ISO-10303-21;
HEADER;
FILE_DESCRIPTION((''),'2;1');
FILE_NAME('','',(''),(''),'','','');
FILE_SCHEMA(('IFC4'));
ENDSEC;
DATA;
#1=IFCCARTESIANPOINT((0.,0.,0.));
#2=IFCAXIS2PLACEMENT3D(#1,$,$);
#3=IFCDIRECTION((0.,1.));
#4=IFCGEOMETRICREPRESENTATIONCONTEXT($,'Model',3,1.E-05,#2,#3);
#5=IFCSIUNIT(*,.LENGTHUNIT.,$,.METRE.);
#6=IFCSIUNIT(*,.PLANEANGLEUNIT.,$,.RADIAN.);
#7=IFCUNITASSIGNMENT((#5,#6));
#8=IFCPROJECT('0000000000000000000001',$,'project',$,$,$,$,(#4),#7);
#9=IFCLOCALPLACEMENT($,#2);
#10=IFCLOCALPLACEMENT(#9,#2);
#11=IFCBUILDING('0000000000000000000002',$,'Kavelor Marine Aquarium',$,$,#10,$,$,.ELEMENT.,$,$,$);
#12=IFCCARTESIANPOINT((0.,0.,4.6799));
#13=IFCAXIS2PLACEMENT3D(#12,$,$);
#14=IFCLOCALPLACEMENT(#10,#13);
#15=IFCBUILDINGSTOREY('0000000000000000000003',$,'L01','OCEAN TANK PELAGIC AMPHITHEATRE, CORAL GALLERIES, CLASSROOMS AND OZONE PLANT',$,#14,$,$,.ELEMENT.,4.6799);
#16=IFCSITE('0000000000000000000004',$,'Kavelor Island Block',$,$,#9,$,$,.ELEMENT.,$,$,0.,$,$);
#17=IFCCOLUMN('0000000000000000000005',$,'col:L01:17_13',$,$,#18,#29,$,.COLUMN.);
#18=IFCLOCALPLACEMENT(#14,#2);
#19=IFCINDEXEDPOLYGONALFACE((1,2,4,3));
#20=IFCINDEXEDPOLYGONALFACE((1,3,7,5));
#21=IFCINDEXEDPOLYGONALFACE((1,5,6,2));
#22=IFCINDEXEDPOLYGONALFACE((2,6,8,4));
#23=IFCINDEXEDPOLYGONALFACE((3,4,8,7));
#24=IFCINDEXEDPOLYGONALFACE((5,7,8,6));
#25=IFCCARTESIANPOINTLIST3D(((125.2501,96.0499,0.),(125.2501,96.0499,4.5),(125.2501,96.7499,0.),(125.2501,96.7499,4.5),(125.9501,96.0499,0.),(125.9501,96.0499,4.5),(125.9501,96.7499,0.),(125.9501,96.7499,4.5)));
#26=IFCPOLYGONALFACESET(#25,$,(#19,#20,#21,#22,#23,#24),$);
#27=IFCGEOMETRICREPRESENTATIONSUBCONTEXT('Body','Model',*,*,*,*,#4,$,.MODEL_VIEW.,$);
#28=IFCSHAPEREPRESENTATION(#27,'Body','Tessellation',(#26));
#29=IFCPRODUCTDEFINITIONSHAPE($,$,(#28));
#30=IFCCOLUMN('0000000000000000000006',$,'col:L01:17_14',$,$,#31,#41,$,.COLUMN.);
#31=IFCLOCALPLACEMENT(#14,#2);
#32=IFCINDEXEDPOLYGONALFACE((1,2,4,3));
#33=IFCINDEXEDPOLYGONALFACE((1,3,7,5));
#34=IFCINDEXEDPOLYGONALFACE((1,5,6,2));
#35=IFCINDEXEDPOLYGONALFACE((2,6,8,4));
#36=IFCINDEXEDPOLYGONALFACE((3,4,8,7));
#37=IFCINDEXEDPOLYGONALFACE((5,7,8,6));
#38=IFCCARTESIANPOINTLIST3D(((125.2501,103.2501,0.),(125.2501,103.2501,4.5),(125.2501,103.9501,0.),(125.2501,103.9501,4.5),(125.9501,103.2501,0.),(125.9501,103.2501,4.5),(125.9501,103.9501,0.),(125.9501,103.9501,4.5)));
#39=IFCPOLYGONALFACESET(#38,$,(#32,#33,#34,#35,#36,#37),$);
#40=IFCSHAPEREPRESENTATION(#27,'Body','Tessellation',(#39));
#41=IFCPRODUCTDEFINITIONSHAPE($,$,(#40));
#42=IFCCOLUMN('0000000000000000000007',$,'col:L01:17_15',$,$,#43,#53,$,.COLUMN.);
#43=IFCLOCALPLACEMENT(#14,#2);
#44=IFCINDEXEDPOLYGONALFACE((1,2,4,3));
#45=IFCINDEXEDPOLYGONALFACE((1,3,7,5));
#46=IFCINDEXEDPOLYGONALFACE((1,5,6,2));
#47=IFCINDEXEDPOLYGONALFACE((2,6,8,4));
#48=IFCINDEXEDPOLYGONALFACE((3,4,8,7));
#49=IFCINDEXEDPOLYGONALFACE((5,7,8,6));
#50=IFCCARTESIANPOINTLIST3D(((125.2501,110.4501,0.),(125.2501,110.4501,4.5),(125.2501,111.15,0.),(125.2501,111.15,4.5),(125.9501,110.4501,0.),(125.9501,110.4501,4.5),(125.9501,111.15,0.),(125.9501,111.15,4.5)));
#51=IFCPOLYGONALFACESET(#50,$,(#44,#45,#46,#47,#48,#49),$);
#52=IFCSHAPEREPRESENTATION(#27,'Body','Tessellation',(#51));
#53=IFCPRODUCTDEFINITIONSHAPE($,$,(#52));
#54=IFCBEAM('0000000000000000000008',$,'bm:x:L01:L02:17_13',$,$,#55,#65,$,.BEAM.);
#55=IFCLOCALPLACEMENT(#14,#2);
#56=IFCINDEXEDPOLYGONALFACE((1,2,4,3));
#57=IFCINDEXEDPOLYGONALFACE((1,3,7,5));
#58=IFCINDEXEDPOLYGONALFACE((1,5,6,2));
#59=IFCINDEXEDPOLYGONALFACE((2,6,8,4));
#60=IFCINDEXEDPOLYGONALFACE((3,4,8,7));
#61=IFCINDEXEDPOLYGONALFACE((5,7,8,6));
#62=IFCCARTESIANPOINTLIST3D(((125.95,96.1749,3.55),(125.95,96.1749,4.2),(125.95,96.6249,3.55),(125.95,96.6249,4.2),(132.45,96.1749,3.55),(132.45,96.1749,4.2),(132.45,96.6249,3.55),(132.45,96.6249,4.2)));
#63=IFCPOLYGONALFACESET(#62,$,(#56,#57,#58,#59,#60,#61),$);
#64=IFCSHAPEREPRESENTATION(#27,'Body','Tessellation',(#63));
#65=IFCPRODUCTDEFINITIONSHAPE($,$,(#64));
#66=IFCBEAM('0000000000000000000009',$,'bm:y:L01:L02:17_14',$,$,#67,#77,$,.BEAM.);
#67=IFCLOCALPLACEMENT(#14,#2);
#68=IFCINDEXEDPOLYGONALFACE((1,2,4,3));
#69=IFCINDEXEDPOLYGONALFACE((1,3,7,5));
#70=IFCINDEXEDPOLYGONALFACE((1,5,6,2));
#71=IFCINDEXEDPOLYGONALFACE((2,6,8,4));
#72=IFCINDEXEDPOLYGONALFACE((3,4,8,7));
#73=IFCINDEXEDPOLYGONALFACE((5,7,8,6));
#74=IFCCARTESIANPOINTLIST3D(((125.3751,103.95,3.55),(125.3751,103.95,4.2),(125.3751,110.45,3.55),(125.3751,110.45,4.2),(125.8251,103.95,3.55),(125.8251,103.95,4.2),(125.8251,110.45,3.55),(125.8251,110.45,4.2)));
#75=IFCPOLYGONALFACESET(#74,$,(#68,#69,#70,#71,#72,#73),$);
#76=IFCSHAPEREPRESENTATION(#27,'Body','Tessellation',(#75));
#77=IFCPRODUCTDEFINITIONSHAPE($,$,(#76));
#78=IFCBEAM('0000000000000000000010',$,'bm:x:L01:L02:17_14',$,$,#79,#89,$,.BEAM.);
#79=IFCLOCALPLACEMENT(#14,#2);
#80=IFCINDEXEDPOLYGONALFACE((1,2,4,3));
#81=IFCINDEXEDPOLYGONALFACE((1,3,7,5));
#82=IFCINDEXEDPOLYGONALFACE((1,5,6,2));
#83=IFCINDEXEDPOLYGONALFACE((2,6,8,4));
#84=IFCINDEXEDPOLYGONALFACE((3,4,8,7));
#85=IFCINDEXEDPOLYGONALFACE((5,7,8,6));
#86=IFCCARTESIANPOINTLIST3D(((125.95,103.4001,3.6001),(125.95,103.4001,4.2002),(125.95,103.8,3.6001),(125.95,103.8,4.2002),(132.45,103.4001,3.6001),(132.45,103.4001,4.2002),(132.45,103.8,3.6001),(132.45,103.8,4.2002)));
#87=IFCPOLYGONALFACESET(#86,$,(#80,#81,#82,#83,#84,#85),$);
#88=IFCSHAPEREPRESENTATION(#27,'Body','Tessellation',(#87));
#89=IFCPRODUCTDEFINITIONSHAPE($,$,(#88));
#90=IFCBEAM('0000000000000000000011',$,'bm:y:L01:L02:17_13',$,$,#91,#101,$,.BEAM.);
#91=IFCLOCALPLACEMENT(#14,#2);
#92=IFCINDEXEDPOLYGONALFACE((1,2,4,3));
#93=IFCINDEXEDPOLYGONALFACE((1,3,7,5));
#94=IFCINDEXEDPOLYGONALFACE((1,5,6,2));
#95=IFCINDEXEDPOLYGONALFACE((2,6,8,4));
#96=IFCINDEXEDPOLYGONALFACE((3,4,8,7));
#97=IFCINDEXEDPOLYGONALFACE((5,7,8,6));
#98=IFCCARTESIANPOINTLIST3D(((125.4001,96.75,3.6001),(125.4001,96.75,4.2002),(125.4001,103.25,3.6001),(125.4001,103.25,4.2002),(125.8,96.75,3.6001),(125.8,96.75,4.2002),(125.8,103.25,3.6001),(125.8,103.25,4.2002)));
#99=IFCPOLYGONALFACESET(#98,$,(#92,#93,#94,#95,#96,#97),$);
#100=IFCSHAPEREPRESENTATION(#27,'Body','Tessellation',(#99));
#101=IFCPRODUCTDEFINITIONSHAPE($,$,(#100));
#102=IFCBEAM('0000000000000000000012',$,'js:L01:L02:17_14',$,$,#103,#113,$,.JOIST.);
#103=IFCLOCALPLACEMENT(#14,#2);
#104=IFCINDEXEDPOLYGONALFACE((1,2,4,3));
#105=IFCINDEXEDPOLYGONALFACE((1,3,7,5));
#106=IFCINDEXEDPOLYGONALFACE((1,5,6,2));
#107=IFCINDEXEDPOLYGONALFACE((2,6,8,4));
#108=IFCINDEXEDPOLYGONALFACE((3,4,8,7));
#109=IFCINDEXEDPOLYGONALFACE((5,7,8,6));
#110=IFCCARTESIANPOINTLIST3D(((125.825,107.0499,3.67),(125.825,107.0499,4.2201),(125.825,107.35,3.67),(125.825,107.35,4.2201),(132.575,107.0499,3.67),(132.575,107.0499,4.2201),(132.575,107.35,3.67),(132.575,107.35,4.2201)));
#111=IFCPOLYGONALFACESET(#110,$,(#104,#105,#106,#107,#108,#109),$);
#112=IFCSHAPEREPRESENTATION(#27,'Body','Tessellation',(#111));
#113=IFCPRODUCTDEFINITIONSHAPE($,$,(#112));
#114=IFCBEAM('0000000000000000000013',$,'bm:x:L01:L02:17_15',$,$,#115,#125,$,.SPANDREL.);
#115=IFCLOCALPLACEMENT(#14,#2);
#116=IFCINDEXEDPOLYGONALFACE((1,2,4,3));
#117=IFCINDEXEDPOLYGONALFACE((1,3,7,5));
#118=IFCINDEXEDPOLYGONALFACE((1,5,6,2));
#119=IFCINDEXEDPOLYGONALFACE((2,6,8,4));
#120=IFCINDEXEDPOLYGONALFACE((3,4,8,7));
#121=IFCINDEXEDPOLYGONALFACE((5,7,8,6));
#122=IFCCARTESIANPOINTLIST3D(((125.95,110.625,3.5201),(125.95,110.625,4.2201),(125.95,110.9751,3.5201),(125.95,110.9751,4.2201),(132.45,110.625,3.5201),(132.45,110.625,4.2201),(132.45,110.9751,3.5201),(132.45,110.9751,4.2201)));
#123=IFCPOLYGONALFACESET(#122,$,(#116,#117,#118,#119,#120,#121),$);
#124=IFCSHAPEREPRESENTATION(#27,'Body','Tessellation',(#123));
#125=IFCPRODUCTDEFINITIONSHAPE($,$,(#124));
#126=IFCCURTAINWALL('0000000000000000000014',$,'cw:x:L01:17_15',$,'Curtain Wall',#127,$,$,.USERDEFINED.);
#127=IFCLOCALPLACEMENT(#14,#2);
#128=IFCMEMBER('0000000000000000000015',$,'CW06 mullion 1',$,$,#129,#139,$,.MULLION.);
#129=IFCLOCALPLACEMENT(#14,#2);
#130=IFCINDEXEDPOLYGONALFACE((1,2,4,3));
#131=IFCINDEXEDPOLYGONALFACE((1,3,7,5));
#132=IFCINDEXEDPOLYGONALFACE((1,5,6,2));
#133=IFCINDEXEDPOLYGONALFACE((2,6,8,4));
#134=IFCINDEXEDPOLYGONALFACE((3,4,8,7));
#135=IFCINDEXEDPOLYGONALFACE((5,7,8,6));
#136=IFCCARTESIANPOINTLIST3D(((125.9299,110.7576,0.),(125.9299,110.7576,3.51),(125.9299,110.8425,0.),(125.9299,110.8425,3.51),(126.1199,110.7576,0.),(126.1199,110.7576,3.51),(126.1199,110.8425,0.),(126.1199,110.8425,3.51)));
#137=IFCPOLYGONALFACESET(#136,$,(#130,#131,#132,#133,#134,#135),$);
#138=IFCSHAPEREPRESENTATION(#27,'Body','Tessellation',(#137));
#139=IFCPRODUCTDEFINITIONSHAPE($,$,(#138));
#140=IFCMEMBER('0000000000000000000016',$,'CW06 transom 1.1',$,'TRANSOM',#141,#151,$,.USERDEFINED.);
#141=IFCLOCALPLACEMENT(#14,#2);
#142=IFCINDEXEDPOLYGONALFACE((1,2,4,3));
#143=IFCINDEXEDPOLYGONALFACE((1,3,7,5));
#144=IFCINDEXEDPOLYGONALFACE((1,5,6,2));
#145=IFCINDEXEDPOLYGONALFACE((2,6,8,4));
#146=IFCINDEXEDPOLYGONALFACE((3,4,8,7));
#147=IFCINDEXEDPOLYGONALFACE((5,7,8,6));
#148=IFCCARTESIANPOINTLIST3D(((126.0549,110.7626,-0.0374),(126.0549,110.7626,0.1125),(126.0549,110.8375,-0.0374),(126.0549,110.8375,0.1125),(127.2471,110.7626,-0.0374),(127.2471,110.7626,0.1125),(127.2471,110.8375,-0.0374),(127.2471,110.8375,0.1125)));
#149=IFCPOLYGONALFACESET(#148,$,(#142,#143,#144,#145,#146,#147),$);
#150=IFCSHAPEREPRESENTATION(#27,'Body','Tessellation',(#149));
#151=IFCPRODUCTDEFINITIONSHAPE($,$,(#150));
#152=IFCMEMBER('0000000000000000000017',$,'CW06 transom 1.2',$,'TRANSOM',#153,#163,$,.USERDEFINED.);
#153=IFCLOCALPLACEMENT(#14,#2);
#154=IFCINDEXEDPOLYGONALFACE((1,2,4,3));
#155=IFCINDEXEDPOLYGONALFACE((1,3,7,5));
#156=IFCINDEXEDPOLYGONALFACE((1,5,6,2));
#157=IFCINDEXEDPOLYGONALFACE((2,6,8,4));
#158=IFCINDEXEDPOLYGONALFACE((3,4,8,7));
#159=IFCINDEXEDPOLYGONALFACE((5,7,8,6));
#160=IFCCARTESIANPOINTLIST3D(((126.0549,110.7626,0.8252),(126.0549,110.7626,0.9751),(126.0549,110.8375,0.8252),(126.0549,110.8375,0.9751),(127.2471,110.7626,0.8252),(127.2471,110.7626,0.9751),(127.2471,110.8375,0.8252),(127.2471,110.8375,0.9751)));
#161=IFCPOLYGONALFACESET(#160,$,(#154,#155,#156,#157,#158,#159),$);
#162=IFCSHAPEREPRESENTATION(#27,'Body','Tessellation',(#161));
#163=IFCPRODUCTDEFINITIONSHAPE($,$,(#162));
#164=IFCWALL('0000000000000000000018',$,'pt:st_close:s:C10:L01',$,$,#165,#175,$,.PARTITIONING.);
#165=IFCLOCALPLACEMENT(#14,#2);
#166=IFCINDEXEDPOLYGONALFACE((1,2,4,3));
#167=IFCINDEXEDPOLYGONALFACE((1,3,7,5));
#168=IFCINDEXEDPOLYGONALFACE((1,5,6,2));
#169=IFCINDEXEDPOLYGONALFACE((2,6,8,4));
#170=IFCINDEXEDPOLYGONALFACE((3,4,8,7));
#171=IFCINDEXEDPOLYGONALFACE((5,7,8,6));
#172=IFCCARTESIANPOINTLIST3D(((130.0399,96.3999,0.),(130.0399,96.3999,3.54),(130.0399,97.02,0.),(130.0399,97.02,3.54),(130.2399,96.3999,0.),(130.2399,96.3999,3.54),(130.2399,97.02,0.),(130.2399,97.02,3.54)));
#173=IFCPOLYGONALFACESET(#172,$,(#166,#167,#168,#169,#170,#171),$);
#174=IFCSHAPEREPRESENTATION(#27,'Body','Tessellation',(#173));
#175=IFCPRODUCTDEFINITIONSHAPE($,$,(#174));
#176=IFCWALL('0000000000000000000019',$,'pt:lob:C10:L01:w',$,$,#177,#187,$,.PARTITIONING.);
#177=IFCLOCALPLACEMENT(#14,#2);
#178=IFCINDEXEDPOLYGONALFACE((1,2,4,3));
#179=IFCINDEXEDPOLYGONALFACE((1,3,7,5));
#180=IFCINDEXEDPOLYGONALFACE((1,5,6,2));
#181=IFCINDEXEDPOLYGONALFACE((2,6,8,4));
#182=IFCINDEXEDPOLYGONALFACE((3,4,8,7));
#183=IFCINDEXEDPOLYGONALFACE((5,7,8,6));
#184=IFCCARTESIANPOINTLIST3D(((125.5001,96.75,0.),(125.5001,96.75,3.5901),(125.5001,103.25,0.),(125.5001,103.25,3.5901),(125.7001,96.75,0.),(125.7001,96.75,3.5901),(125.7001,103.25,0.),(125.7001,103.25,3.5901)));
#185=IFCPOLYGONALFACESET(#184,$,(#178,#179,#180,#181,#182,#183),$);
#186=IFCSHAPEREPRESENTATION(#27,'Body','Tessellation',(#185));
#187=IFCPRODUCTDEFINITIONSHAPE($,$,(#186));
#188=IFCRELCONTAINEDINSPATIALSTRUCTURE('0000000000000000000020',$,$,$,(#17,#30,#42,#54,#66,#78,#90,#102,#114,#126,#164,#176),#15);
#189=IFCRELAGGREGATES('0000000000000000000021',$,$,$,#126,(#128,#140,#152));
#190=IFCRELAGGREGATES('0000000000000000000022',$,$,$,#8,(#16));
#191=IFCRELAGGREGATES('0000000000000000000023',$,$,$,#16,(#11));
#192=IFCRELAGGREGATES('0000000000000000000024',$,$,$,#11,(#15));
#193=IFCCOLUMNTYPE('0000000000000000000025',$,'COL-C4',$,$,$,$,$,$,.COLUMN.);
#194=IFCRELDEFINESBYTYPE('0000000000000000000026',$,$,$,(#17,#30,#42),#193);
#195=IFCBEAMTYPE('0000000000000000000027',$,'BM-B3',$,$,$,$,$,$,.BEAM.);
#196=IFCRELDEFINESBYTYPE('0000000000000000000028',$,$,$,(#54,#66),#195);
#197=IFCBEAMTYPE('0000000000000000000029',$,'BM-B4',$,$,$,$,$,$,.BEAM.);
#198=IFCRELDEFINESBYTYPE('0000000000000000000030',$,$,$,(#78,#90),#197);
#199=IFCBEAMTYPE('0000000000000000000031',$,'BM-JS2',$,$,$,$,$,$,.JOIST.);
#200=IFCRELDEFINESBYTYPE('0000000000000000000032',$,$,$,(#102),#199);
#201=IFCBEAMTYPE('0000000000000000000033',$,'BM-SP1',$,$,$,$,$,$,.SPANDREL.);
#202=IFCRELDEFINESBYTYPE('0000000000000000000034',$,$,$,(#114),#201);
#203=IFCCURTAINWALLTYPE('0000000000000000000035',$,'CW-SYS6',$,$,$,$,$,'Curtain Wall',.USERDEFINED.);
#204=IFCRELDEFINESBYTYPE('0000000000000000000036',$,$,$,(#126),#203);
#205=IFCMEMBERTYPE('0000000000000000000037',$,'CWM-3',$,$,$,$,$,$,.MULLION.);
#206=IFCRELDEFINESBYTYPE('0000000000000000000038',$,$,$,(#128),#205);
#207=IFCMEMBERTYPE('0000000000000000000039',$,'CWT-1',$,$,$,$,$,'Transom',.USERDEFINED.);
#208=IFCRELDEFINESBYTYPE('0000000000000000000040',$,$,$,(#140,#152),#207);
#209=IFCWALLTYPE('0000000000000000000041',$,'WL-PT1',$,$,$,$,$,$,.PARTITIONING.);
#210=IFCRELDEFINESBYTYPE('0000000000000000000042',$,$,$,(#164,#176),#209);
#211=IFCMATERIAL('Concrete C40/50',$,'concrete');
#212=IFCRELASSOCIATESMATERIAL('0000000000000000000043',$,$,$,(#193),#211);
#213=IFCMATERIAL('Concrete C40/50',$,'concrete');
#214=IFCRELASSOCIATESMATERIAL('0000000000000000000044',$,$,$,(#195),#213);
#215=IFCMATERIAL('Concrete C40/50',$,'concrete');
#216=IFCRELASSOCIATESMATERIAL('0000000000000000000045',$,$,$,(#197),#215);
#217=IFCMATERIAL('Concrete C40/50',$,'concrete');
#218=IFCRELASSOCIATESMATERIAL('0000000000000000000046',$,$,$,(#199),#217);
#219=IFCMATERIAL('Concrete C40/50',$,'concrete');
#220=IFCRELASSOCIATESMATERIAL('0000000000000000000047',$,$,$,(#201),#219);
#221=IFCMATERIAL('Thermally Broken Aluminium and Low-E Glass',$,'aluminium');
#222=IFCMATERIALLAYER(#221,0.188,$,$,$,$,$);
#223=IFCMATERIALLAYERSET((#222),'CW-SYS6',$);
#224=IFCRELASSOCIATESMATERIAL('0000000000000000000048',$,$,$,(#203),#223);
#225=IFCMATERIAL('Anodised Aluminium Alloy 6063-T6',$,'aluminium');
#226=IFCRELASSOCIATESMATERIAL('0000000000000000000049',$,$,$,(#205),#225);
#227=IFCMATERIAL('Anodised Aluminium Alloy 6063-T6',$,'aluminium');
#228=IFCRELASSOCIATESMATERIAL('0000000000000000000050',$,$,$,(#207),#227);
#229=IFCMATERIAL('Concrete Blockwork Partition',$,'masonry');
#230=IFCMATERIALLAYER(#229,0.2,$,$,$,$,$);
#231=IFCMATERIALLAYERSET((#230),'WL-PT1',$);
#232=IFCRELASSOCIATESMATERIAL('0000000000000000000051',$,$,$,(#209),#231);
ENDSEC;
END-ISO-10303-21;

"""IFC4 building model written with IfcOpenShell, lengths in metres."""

from ifc_helpers import new_model, si_unit, direction, frame, frame_2d, origin, origin_2d, place, context, subcontext, project, spatial, rectangle, extrude, material, layer, layer_set, material_profile, profile_set, type_object, element, aggregate, save


model = new_model("IFC4")

# Units and contexts
model_context = context("Model", 3, precision=1e-05, world=origin(), true_north=direction((0.0, 1.0)))
body_context = subcontext(model_context, "Body", "Model", "MODEL_VIEW")
ifc_project = project(units=[si_unit("LENGTHUNIT", "METRE"), si_unit("PLANEANGLEUNIT", "RADIAN")], contexts=[model_context])

# Site, building, storey
site_placement = place(None, origin())
site = spatial("IfcSite", under=ifc_project, at=site_placement, Name="Kavelor Island Block", CompositionType="ELEMENT", RefElevation=0.0)
building_placement = place(site_placement, origin())
building = spatial("IfcBuilding", under=site, at=building_placement, Name="Kavelor Marine Aquarium", CompositionType="ELEMENT")
storey_placement = place(building_placement, frame((0.0, 0.0, 4.6799)))
storey = spatial("IfcBuildingStorey", under=building, at=storey_placement, Name="L01", Description="OCEAN TANK PELAGIC AMPHITHEATRE, CORAL GALLERIES, CLASSROOMS AND OZONE PLANT", CompositionType="ELEMENT", Elevation=4.6799)

# Columns
ifc_material_1 = material(Name="Concrete C40/50", Category="concrete")
ifc_material_profile_1 = material_profile(ifc_material_1, rectangle(XDim=0.7, YDim=0.7, at=origin_2d()), Name="RC-COL 700x700")
ifc_profile_set_1 = profile_set([ifc_material_profile_1], Name="Concrete C40/50")
column_type = type_object("IfcColumnType", Name="COL-C4", PredefinedType="COLUMN", material=ifc_profile_set_1)
for number, where, z_axis, x_axis, name in (
    (1, (125.6001, 96.3999, 0.0), (0.0, 0.0, 1.0), (1.0, 0.0, 0.0), "col:L01:17_13"),
    (2, (125.6001, 103.6001, 0.0), (0.0, 0.0, 1.0), (1.0, 0.0, 0.0), "col:L01:17_14"),
    (3, (125.6001, 110.8, 0.0), (0.0, 0.0, 1.0), (1.0, 0.0, 0.0), "col:L01:17_15"),
):
    element("IfcColumn", number, at=place(storey_placement, frame(where, z_axis=z_axis, x_axis=x_axis)), inside=storey, type_object=column_type, Name=name, PredefinedType="COLUMN", context=body_context, shape_type="SweptSolid", body=[
        extrude(rectangle(XDim=0.7, YDim=0.7, at=origin_2d()), origin(), (0.0, 0.0, 1.0), 4.5),
    ])

# Beams
ifc_material_2 = material(Name="Concrete C40/50", Category="concrete")
ifc_material_profile_2 = material_profile(ifc_material_2, rectangle(XDim=0.45, YDim=0.6499, at=origin_2d()), Name="RC-BM 450x650")
ifc_profile_set_2 = profile_set([ifc_material_profile_2], Name="Concrete C40/50")
beam_type_1 = type_object("IfcBeamType", Name="BM-B3", PredefinedType="BEAM", material=ifc_profile_set_2)
for number, where, z_axis, x_axis, name in (
    (4, (125.95, 96.3999, 3.875), (1.0, 0.0, 0.0), (0.0, 1.0, 0.0), "bm:x:L01:L02:17_13"),
    (5, (125.6001, 103.95, 3.875), (0.0, 1.0, 0.0), (-1.0, 0.0, 0.0), "bm:y:L01:L02:17_14"),
):
    element("IfcBeam", number, at=place(storey_placement, frame(where, z_axis=z_axis, x_axis=x_axis)), inside=storey, type_object=beam_type_1, Name=name, PredefinedType="BEAM", context=body_context, shape_type="SweptSolid", body=[
        extrude(rectangle(XDim=0.45, YDim=0.6499, at=origin_2d()), origin(), (0.0, 0.0, 1.0), 6.5),
    ])
ifc_material_3 = material(Name="Concrete C40/50", Category="concrete")
ifc_material_profile_3 = material_profile(ifc_material_3, rectangle(XDim=0.3999, YDim=0.6001, at=origin_2d()), Name="RC-BM 400x600")
ifc_profile_set_3 = profile_set([ifc_material_profile_3], Name="Concrete C40/50")
beam_type_2 = type_object("IfcBeamType", Name="BM-B4", PredefinedType="BEAM", material=ifc_profile_set_3)
for number, where, z_axis, x_axis, name in (
    (6, (125.95, 103.6001, 3.9001), (1.0, 0.0, 0.0), (0.0, 1.0, 0.0), "bm:x:L01:L02:17_14"),
    (7, (125.6001, 96.75, 3.9001), (0.0, 1.0, 0.0), (-1.0, 0.0, 0.0), "bm:y:L01:L02:17_13"),
):
    element("IfcBeam", number, at=place(storey_placement, frame(where, z_axis=z_axis, x_axis=x_axis)), inside=storey, type_object=beam_type_2, Name=name, PredefinedType="BEAM", context=body_context, shape_type="SweptSolid", body=[
        extrude(rectangle(XDim=0.3999, YDim=0.6001, at=origin_2d()), origin(), (0.0, 0.0, 1.0), 6.5),
    ])
ifc_material_4 = material(Name="Concrete C40/50", Category="concrete")
ifc_material_profile_4 = material_profile(ifc_material_4, rectangle(XDim=0.3, YDim=0.55, at=origin_2d()), Name="RC-JS 300x550")
ifc_profile_set_4 = profile_set([ifc_material_profile_4], Name="Concrete C40/50")
beam_type_3 = type_object("IfcBeamType", Name="BM-JS2", PredefinedType="JOIST", material=ifc_profile_set_4)
beam_1_placement = place(storey_placement, frame((125.825, 107.2, 3.9451), z_axis=(1.0, 0.0, 0.0), x_axis=(0.0, 1.0, 0.0)))
element("IfcBeam", 8, at=beam_1_placement, inside=storey, type_object=beam_type_3, Name="js:L01:L02:17_14", PredefinedType="JOIST", context=body_context, shape_type="SweptSolid", body=[
    extrude(rectangle(XDim=0.3, YDim=0.55, at=origin_2d()), origin(), (0.0, 0.0, 1.0), 6.75),
])
ifc_material_5 = material(Name="Concrete C40/50", Category="concrete")
ifc_material_profile_5 = material_profile(ifc_material_5, rectangle(XDim=0.3501, YDim=0.7, at=origin_2d()), Name="RC-SP 350x700")
ifc_profile_set_5 = profile_set([ifc_material_profile_5], Name="Concrete C40/50")
beam_type_4 = type_object("IfcBeamType", Name="BM-SP1", PredefinedType="SPANDREL", material=ifc_profile_set_5)
beam_2_placement = place(storey_placement, frame((125.95, 110.8, 3.8701), z_axis=(1.0, 0.0, 0.0), x_axis=(0.0, 1.0, 0.0)))
element("IfcBeam", 9, at=beam_2_placement, inside=storey, type_object=beam_type_4, Name="bm:x:L01:L02:17_15", PredefinedType="SPANDREL", context=body_context, shape_type="SweptSolid", body=[
    extrude(rectangle(XDim=0.3501, YDim=0.7, at=origin_2d()), origin(), (0.0, 0.0, 1.0), 6.5),
])

# Curtain wall, members
ifc_material_6 = material(Name="Thermally Broken Aluminium and Low-E Glass", Category="aluminium")
ifc_layer_1 = layer(ifc_material_6, 0.188)
ifc_layer_set_1 = layer_set([ifc_layer_1], Name="CW-SYS6")
curtain_wall_type = type_object("IfcCurtainWallType", Name="CW-SYS6", ElementType="Curtain Wall", PredefinedType="USERDEFINED", material=ifc_layer_set_1)
curtain_wall_placement = place(storey_placement, origin())
curtain_wall = element("IfcCurtainWall", 10, at=curtain_wall_placement, inside=storey, type_object=curtain_wall_type, Name="cw:x:L01:17_15", ObjectType="Curtain Wall", PredefinedType="USERDEFINED")
ifc_material_7 = material(Name="Anodised Aluminium Alloy 6063-T6", Category="aluminium")
ifc_material_profile_6 = material_profile(ifc_material_7, rectangle(XDim=0.085, YDim=0.1899, at=origin_2d()), Name="CW-MUL 85x190")
ifc_profile_set_6 = profile_set([ifc_material_profile_6], Name="Anodised Aluminium Alloy 6063-T6")
member_type_1 = type_object("IfcMemberType", Name="CWM-3", PredefinedType="MULLION", material=ifc_profile_set_6)
member_1_placement = place(storey_placement, frame((126.0249, 110.8, 0.0), z_axis=(0.0, 0.0, 1.0), x_axis=(0.0, 1.0, 0.0)))
member_1 = element("IfcMember", 11, at=member_1_placement, type_object=member_type_1, Name="CW06 mullion 1", PredefinedType="MULLION", context=body_context, shape_type="SweptSolid", body=[
    extrude(rectangle(XDim=0.085, YDim=0.1899, at=origin_2d()), origin(), (0.0, 0.0, 1.0), 3.51),
])
ifc_material_8 = material(Name="Anodised Aluminium Alloy 6063-T6", Category="aluminium")
ifc_material_profile_7 = material_profile(ifc_material_8, rectangle(XDim=0.075, YDim=0.1499, at=origin_2d()), Name="CW-TRN 75x150")
ifc_profile_set_7 = profile_set([ifc_material_profile_7], Name="Anodised Aluminium Alloy 6063-T6")
member_type_2 = type_object("IfcMemberType", Name="CWT-1", ElementType="Transom", PredefinedType="USERDEFINED", material=ifc_profile_set_7)
member_2_placement = place(storey_placement, frame((126.0549, 110.8, 0.0376), z_axis=(1.0, 0.0, 0.0), x_axis=(0.0, 1.0, 0.0)))
member_2 = element("IfcMember", 12, at=member_2_placement, type_object=member_type_2, Name="CW06 transom 1.1", ObjectType="TRANSOM", PredefinedType="USERDEFINED", context=body_context, shape_type="SweptSolid", body=[
    extrude(rectangle(XDim=0.075, YDim=0.1499, at=origin_2d()), origin(), (0.0, 0.0, 1.0), 1.1921),
])
member_3_placement = place(storey_placement, frame((126.0549, 110.8, 0.9001), z_axis=(1.0, 0.0, 0.0), x_axis=(0.0, 1.0, 0.0)))
member_3 = element("IfcMember", 13, at=member_3_placement, type_object=member_type_2, Name="CW06 transom 1.2", ObjectType="TRANSOM", PredefinedType="USERDEFINED", context=body_context, shape_type="SweptSolid", body=[
    extrude(rectangle(XDim=0.075, YDim=0.1499, at=origin_2d()), origin(), (0.0, 0.0, 1.0), 1.1921),
])
aggregate(curtain_wall, [member_1, member_2, member_3])

# Walls
ifc_material_9 = material(Name="Concrete Blockwork Partition", Category="masonry")
ifc_layer_2 = layer(ifc_material_9, 0.2)
ifc_layer_set_2 = layer_set([ifc_layer_2], Name="WL-PT1")
wall_type_1 = type_object("IfcWallType", Name="WL-PT1", PredefinedType="PARTITIONING", material=ifc_layer_set_2)
wall_1_placement = place(storey_placement, frame((130.1399, 96.3999, 0.0), z_axis=(0.0, 0.0, 1.0), x_axis=(0.0, 1.0, 0.0)))
element("IfcWall", 14, at=wall_1_placement, inside=storey, type_object=wall_type_1, Name="pt:st_close:s:C10:L01", PredefinedType="PARTITIONING", context=body_context, shape_type="SweptSolid", body=[
    extrude(rectangle(XDim=0.6201, YDim=0.2, at=frame_2d((0.3101, 0.0))), origin(), (0.0, 0.0, 1.0), 3.54),
])
wall_2_placement = place(storey_placement, frame((125.6001, 96.75, 0.0), z_axis=(0.0, 0.0, 1.0), x_axis=(0.0, 1.0, 0.0)))
element("IfcWall", 15, at=wall_2_placement, inside=storey, type_object=wall_type_1, Name="pt:lob:C10:L01:w", PredefinedType="PARTITIONING", context=body_context, shape_type="SweptSolid", body=[
    extrude(rectangle(XDim=6.5, YDim=0.2, at=frame_2d((3.25, 0.0))), origin(), (0.0, 0.0, 1.0), 3.5901),
])

save(model, "model.ifc")
